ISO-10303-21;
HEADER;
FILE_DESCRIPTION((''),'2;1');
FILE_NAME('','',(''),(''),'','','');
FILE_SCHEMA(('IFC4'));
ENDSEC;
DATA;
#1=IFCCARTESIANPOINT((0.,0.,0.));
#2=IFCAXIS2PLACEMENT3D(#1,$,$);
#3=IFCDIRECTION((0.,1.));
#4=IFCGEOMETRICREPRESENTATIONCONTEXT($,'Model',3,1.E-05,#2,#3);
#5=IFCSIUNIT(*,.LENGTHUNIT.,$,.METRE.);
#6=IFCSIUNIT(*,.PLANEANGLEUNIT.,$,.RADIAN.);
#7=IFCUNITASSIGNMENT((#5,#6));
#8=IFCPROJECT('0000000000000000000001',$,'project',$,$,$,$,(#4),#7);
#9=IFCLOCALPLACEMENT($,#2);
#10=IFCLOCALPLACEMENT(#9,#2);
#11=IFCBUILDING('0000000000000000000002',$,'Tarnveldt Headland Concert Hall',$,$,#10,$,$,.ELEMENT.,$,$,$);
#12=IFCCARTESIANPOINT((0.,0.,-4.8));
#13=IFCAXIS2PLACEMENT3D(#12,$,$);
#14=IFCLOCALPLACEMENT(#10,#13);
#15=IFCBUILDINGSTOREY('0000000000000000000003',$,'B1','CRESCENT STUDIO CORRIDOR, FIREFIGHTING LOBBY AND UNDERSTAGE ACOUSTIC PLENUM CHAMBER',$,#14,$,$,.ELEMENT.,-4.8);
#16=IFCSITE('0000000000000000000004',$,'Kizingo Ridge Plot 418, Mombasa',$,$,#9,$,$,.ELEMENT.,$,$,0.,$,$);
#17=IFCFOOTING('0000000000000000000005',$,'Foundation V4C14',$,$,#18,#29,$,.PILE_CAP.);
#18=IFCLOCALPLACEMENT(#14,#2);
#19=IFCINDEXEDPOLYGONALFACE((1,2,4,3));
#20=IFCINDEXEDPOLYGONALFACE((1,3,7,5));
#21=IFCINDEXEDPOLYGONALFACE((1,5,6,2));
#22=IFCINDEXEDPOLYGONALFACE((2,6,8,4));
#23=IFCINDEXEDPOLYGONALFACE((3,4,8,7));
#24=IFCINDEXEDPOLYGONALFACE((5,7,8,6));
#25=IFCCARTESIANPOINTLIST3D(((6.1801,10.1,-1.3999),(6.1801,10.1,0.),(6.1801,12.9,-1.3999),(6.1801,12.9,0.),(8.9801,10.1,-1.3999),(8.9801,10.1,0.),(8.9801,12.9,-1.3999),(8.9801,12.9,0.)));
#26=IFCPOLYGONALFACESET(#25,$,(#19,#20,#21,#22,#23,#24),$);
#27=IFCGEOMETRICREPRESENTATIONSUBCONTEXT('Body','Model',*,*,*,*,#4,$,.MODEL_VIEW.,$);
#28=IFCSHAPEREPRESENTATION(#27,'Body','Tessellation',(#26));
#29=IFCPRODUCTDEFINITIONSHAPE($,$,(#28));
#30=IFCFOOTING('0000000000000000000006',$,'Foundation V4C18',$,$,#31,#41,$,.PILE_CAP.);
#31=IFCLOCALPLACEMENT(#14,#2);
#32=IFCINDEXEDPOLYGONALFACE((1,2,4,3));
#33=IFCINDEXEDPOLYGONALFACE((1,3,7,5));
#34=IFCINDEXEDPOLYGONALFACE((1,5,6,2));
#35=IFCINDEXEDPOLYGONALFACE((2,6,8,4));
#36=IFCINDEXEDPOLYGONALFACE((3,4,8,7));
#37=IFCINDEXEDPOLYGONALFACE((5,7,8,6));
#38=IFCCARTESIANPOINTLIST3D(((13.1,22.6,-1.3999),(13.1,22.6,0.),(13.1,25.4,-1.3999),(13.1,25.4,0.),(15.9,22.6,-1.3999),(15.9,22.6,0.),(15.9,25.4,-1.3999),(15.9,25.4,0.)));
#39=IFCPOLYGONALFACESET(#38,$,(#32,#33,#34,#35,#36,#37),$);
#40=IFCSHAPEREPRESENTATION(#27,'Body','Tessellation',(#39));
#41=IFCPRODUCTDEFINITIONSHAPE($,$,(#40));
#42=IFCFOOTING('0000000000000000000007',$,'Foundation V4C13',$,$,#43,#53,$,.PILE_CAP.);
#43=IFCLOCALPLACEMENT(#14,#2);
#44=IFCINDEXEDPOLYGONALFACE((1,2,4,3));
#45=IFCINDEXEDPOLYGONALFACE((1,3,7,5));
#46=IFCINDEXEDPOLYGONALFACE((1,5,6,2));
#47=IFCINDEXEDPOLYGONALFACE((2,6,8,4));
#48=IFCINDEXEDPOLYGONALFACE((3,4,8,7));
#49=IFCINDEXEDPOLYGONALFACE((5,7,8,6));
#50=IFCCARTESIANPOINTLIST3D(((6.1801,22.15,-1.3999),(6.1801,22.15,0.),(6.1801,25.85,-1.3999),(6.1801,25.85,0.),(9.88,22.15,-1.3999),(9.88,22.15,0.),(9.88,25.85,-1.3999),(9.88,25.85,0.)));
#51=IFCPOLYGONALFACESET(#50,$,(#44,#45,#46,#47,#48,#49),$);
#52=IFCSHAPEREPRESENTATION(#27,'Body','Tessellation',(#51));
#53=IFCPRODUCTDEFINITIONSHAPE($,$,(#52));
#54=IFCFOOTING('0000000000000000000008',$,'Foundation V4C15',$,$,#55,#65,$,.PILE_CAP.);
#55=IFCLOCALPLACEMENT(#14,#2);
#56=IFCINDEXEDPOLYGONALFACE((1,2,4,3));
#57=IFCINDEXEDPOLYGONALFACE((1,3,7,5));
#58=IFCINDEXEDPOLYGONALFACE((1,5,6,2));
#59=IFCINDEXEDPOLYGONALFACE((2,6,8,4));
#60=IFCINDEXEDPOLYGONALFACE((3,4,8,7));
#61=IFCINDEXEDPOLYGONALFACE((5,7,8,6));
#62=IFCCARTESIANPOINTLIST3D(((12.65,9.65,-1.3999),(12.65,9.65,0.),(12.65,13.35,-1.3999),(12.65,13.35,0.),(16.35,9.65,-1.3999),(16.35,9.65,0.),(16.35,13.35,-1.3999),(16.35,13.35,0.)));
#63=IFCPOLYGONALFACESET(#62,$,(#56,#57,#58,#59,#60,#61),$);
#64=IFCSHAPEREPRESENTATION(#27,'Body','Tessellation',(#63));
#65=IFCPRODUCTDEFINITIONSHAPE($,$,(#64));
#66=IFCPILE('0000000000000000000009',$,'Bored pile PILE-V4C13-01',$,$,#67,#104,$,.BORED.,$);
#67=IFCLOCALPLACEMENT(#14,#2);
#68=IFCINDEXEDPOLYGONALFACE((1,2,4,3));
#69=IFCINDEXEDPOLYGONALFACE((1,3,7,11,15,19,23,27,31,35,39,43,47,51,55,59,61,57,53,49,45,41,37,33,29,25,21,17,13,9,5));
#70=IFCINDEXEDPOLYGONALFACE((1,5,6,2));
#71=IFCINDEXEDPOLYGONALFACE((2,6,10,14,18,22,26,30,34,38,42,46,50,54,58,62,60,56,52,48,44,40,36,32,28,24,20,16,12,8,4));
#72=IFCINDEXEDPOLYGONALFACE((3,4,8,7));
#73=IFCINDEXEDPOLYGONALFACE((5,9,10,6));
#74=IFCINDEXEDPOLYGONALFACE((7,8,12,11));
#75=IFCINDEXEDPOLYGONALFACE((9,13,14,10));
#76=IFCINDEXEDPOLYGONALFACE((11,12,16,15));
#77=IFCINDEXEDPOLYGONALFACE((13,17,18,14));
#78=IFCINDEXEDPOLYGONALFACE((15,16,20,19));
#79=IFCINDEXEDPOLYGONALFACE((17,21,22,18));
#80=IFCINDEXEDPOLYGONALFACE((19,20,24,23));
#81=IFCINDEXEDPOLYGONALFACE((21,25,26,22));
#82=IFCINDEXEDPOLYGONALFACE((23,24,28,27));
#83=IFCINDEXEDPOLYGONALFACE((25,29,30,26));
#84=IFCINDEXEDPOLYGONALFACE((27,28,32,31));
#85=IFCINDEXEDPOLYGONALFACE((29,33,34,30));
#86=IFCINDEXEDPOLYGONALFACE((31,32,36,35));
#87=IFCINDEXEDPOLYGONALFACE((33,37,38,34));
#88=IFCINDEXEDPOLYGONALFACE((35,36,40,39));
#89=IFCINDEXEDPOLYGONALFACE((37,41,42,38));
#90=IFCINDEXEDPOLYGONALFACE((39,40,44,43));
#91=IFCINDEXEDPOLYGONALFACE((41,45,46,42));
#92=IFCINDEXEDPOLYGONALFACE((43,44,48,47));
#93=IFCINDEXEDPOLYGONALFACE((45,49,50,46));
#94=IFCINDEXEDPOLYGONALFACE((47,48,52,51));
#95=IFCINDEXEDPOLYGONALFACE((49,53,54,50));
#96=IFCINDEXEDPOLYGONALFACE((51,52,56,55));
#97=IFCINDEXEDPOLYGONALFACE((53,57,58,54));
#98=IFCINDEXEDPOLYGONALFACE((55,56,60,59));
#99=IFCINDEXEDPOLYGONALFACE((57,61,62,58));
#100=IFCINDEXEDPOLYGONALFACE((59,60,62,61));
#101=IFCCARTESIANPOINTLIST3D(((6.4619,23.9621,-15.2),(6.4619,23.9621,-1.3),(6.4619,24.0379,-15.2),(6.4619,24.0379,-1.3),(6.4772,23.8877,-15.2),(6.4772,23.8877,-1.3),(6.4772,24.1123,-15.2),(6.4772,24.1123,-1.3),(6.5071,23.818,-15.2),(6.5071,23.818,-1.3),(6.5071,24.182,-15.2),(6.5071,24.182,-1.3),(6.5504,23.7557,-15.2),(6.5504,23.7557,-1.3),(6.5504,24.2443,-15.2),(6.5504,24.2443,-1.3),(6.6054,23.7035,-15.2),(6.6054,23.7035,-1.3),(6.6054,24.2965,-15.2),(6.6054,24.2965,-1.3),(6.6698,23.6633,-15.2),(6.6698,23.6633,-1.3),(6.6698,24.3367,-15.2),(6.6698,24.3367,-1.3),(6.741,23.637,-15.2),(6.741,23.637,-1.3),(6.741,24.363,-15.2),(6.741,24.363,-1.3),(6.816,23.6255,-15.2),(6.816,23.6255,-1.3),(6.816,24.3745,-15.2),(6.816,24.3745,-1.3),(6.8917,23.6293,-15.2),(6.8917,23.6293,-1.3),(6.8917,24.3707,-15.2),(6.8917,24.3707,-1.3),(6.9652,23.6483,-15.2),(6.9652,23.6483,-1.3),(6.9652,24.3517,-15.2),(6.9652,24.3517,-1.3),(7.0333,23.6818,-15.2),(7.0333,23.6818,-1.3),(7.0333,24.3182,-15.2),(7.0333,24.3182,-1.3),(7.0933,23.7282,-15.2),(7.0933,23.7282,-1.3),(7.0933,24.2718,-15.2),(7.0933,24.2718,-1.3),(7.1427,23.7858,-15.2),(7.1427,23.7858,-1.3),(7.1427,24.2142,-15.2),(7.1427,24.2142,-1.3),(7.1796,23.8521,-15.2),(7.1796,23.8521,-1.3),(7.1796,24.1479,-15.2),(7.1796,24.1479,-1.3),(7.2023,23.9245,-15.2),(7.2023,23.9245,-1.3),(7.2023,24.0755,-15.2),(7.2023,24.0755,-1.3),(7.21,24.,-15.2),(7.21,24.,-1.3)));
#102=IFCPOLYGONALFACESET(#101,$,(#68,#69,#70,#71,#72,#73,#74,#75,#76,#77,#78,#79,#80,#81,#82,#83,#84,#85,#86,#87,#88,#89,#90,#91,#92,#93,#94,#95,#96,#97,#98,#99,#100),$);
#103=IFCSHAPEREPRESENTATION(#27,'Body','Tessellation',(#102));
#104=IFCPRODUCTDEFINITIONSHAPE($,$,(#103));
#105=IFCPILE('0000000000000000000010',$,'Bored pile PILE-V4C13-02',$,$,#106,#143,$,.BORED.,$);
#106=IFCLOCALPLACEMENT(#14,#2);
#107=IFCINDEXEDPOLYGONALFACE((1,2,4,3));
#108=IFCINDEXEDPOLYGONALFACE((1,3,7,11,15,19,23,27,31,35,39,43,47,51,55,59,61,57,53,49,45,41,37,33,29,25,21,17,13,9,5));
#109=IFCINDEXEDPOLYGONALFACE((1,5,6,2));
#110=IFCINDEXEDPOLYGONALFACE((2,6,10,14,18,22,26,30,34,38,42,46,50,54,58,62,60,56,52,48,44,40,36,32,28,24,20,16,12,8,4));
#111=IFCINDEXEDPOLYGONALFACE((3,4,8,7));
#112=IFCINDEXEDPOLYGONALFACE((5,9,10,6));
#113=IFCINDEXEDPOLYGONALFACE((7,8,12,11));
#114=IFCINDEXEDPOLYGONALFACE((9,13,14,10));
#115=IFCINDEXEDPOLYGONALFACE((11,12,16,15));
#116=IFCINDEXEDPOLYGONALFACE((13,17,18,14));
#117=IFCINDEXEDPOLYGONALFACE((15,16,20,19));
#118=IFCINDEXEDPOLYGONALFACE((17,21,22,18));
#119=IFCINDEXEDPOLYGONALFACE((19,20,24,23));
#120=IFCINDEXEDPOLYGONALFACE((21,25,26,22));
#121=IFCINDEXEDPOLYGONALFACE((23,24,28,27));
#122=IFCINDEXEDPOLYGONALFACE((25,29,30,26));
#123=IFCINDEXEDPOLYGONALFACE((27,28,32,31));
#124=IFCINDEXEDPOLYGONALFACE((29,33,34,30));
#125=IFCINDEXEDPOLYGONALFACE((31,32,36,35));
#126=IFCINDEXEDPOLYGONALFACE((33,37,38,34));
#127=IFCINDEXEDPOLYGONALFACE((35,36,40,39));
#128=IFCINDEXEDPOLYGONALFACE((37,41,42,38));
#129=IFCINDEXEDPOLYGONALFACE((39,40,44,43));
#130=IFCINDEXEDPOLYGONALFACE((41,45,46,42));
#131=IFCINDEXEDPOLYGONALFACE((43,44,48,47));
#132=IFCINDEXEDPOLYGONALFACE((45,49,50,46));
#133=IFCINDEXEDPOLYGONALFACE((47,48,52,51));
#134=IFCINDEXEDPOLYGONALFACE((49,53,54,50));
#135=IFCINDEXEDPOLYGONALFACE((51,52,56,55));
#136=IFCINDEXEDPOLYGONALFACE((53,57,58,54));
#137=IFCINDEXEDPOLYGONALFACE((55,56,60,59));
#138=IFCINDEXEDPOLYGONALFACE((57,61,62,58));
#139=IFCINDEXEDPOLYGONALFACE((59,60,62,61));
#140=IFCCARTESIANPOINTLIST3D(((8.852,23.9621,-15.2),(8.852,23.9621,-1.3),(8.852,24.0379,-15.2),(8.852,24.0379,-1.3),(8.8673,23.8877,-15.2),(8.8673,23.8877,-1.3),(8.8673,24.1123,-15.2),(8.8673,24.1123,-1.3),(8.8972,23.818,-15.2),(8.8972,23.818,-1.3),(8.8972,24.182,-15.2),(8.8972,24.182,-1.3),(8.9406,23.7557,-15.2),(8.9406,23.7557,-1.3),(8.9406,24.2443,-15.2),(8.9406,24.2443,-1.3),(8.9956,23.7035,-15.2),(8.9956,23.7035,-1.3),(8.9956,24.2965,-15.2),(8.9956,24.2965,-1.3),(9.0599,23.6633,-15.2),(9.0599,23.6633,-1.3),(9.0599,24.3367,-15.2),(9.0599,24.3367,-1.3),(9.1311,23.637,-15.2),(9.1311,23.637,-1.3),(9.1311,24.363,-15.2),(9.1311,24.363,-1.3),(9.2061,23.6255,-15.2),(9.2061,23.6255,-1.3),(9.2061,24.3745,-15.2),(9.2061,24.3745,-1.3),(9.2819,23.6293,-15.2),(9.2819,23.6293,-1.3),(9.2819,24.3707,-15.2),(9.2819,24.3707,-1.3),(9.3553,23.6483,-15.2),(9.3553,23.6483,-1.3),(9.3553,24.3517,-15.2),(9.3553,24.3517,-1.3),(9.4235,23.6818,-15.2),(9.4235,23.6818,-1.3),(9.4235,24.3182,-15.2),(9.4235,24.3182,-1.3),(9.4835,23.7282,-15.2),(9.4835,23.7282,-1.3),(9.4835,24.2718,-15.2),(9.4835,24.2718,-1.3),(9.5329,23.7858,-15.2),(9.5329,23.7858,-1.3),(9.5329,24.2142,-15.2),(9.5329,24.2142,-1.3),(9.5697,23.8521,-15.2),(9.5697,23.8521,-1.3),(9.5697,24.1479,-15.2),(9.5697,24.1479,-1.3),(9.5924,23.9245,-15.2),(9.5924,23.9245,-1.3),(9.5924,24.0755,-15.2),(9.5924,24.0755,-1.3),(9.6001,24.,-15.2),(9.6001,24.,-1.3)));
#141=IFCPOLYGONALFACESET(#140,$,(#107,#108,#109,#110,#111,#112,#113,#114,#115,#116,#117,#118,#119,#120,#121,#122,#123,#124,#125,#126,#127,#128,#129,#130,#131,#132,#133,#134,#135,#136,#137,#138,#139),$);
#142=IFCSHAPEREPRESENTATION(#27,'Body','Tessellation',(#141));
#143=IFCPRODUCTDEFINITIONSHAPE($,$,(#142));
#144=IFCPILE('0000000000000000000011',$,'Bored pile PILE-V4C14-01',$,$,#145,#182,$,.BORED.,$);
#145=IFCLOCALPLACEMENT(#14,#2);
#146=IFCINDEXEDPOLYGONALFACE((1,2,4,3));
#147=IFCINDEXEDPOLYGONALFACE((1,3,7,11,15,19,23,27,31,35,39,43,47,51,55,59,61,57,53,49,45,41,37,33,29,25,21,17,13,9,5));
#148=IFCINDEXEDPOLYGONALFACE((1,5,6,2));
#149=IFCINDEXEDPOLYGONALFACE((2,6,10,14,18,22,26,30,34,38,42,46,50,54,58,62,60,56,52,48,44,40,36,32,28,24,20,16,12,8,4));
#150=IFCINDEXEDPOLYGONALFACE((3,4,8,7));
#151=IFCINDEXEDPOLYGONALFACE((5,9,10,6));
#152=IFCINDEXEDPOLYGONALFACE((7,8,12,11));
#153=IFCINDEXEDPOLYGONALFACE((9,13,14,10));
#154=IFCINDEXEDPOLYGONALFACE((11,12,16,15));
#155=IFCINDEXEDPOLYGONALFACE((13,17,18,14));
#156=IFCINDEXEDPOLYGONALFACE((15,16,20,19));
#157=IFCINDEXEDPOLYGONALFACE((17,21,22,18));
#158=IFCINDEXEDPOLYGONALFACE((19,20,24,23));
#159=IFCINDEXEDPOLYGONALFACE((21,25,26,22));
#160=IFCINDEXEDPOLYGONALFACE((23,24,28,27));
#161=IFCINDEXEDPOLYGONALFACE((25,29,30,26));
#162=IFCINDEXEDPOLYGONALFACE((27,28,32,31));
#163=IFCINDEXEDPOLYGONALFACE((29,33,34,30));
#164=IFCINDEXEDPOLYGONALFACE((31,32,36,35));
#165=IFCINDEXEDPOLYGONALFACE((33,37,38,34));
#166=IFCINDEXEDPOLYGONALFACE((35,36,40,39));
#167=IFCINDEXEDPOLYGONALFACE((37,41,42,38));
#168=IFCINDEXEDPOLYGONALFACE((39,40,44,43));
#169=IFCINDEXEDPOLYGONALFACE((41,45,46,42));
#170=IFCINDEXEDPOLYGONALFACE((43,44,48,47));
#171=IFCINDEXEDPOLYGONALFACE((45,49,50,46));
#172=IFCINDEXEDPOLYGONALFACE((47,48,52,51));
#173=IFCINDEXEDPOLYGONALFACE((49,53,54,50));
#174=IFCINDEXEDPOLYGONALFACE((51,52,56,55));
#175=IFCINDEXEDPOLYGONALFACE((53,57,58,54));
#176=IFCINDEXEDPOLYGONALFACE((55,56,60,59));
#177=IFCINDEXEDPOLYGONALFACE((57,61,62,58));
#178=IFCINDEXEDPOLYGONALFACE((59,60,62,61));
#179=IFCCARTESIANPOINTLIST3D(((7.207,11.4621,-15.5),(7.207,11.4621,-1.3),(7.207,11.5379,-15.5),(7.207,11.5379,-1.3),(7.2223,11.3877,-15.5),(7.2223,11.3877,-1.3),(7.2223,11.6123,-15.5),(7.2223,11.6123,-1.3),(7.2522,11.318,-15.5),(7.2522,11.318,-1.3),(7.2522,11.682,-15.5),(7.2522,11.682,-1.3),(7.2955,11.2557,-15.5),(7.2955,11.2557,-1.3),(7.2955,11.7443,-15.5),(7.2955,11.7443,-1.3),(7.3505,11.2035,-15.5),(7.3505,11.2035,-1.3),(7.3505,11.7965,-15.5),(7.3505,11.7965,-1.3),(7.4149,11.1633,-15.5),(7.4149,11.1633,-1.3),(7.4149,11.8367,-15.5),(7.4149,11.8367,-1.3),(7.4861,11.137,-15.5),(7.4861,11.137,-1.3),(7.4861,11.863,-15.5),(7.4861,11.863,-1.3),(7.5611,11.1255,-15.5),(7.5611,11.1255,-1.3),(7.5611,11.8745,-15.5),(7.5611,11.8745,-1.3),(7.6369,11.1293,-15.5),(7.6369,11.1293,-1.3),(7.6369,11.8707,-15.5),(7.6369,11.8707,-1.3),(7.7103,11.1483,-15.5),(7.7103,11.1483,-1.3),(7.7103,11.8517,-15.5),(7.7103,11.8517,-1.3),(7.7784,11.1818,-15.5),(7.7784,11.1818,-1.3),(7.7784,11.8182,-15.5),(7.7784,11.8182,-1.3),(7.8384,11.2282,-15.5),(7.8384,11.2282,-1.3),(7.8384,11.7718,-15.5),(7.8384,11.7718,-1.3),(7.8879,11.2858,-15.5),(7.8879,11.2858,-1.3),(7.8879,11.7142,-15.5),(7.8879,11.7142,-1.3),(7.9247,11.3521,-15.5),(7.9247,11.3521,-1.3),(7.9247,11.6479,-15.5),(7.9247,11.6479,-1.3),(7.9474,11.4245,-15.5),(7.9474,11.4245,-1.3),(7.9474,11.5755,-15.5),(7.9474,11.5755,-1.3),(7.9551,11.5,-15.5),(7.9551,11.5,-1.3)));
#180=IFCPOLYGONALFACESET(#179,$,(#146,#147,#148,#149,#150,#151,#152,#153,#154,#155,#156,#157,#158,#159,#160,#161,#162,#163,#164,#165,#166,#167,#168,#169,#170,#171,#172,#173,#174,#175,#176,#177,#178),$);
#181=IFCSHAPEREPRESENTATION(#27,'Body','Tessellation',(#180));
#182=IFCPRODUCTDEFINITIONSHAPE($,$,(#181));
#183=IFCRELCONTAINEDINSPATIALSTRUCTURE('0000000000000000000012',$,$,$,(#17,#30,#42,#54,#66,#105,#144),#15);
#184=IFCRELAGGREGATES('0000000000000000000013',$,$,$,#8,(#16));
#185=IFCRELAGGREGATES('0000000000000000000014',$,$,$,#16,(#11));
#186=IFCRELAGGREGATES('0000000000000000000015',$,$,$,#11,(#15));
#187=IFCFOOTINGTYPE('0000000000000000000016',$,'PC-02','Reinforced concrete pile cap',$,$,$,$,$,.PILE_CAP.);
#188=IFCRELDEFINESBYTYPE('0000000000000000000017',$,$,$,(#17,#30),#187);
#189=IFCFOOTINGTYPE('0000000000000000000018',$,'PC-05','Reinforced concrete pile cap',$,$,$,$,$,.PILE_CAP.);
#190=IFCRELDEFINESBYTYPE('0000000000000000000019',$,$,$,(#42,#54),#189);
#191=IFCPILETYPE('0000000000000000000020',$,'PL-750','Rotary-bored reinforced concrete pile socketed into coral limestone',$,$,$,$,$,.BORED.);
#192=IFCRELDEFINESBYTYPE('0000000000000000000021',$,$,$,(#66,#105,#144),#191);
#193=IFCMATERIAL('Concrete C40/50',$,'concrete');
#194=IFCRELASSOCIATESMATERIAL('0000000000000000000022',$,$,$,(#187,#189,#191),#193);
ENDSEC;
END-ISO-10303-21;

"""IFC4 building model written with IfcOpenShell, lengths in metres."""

from ifc_helpers import new_model, si_unit, direction, frame, origin, origin_2d, place, context, subcontext, project, spatial, rectangle, circle, extrude, material, material_profile, profile_set, type_object, element, save


model = new_model("IFC4")

# Units and contexts
model_context = context("Model", 3, precision=1e-05, world=origin(), true_north=direction((0.0, 1.0)))
body_context = subcontext(model_context, "Body", "Model", "MODEL_VIEW")
ifc_project = project(units=[si_unit("LENGTHUNIT", "METRE"), si_unit("PLANEANGLEUNIT", "RADIAN")], contexts=[model_context])

# Site, building, storey
site_placement = place(None, origin())
site = spatial("IfcSite", under=ifc_project, at=site_placement, Name="Kizingo Ridge Plot 418, Mombasa", CompositionType="ELEMENT", RefElevation=0.0)
building_placement = place(site_placement, origin())
building = spatial("IfcBuilding", under=site, at=building_placement, Name="Tarnveldt Headland Concert Hall", CompositionType="ELEMENT")
storey_placement = place(building_placement, frame((0.0, 0.0, -4.8)))
storey = spatial("IfcBuildingStorey", under=building, at=storey_placement, Name="B1", Description="CRESCENT STUDIO CORRIDOR, FIREFIGHTING LOBBY AND UNDERSTAGE ACOUSTIC PLENUM CHAMBER", CompositionType="ELEMENT", Elevation=-4.8)

# Footings
ifc_material_1 = material(Name="Concrete C40/50", Category="concrete")
footing_type_1 = type_object("IfcFootingType", Name="PC-02", Description="Reinforced concrete pile cap", PredefinedType="PILE_CAP", material=ifc_material_1)
for number, where, z_axis, x_axis, name in (
    (1, (7.5801, 11.5, -1.3999), (0.0, 0.0, 1.0), (1.0, 0.0, 0.0), "Foundation V4C14"),
    (2, (14.5, 24.0, -1.3999), (0.0, 0.0, 1.0), (1.0, 0.0, 0.0), "Foundation V4C18"),
):
    element("IfcFooting", number, at=place(storey_placement, frame(where, z_axis=z_axis, x_axis=x_axis)), inside=storey, type_object=footing_type_1, Name=name, PredefinedType="PILE_CAP", context=body_context, shape_type="SweptSolid", body=[
        extrude(rectangle(XDim=2.8, YDim=2.8, at=origin_2d()), origin(), (0.0, 0.0, 1.0), 1.3999),
    ])
footing_type_2 = type_object("IfcFootingType", Name="PC-05", Description="Reinforced concrete pile cap", PredefinedType="PILE_CAP", material=ifc_material_1)
for number, where, z_axis, x_axis, name in (
    (3, (8.03, 24.0, -1.3999), (0.0, 0.0, 1.0), (1.0, 0.0, 0.0), "Foundation V4C13"),
    (4, (14.5, 11.5, -1.3999), (0.0, 0.0, 1.0), (1.0, 0.0, 0.0), "Foundation V4C15"),
):
    element("IfcFooting", number, at=place(storey_placement, frame(where, z_axis=z_axis, x_axis=x_axis)), inside=storey, type_object=footing_type_2, Name=name, PredefinedType="PILE_CAP", context=body_context, shape_type="SweptSolid", body=[
        extrude(rectangle(XDim=3.7, YDim=3.7, at=origin_2d()), origin(), (0.0, 0.0, 1.0), 1.3999),
    ])

# Piles
ifc_material_profile_1 = material_profile(ifc_material_1, circle(Radius=0.375, at=origin_2d()), Name="BORED PILE D750", Category="concrete")
ifc_profile_set_1 = profile_set([ifc_material_profile_1], Name="Concrete C40/50")
pile_type = type_object("IfcPileType", Name="PL-750", Description="Rotary-bored reinforced concrete pile socketed into coral limestone", PredefinedType="BORED", material=ifc_profile_set_1)
for number, where, z_axis, x_axis, name in (
    (5, (6.835, 24.0, -1.3), (0.0, 0.0, -1.0), (1.0, 0.0, 0.0), "Bored pile PILE-V4C13-01"),
    (6, (9.2251, 24.0, -1.3), (0.0, 0.0, -1.0), (1.0, 0.0, 0.0), "Bored pile PILE-V4C13-02"),
):
    element("IfcPile", number, at=place(storey_placement, frame(where, z_axis=z_axis, x_axis=x_axis)), inside=storey, type_object=pile_type, Name=name, PredefinedType="BORED", context=body_context, shape_type="SweptSolid", body=[
        extrude(circle(Radius=0.375, at=origin_2d()), origin(), (0.0, 0.0, 1.0), 13.8999),
    ])
pile_1_placement = place(storey_placement, frame((7.5801, 11.5, -1.3), z_axis=(0.0, 0.0, -1.0), x_axis=(1.0, 0.0, 0.0)))
element("IfcPile", 7, at=pile_1_placement, inside=storey, type_object=pile_type, Name="Bored pile PILE-V4C14-01", PredefinedType="BORED", context=body_context, shape_type="SweptSolid", body=[
    extrude(circle(Radius=0.375, at=origin_2d()), origin(), (0.0, 0.0, 1.0), 14.2),
])

save(model, "model.ifc")
